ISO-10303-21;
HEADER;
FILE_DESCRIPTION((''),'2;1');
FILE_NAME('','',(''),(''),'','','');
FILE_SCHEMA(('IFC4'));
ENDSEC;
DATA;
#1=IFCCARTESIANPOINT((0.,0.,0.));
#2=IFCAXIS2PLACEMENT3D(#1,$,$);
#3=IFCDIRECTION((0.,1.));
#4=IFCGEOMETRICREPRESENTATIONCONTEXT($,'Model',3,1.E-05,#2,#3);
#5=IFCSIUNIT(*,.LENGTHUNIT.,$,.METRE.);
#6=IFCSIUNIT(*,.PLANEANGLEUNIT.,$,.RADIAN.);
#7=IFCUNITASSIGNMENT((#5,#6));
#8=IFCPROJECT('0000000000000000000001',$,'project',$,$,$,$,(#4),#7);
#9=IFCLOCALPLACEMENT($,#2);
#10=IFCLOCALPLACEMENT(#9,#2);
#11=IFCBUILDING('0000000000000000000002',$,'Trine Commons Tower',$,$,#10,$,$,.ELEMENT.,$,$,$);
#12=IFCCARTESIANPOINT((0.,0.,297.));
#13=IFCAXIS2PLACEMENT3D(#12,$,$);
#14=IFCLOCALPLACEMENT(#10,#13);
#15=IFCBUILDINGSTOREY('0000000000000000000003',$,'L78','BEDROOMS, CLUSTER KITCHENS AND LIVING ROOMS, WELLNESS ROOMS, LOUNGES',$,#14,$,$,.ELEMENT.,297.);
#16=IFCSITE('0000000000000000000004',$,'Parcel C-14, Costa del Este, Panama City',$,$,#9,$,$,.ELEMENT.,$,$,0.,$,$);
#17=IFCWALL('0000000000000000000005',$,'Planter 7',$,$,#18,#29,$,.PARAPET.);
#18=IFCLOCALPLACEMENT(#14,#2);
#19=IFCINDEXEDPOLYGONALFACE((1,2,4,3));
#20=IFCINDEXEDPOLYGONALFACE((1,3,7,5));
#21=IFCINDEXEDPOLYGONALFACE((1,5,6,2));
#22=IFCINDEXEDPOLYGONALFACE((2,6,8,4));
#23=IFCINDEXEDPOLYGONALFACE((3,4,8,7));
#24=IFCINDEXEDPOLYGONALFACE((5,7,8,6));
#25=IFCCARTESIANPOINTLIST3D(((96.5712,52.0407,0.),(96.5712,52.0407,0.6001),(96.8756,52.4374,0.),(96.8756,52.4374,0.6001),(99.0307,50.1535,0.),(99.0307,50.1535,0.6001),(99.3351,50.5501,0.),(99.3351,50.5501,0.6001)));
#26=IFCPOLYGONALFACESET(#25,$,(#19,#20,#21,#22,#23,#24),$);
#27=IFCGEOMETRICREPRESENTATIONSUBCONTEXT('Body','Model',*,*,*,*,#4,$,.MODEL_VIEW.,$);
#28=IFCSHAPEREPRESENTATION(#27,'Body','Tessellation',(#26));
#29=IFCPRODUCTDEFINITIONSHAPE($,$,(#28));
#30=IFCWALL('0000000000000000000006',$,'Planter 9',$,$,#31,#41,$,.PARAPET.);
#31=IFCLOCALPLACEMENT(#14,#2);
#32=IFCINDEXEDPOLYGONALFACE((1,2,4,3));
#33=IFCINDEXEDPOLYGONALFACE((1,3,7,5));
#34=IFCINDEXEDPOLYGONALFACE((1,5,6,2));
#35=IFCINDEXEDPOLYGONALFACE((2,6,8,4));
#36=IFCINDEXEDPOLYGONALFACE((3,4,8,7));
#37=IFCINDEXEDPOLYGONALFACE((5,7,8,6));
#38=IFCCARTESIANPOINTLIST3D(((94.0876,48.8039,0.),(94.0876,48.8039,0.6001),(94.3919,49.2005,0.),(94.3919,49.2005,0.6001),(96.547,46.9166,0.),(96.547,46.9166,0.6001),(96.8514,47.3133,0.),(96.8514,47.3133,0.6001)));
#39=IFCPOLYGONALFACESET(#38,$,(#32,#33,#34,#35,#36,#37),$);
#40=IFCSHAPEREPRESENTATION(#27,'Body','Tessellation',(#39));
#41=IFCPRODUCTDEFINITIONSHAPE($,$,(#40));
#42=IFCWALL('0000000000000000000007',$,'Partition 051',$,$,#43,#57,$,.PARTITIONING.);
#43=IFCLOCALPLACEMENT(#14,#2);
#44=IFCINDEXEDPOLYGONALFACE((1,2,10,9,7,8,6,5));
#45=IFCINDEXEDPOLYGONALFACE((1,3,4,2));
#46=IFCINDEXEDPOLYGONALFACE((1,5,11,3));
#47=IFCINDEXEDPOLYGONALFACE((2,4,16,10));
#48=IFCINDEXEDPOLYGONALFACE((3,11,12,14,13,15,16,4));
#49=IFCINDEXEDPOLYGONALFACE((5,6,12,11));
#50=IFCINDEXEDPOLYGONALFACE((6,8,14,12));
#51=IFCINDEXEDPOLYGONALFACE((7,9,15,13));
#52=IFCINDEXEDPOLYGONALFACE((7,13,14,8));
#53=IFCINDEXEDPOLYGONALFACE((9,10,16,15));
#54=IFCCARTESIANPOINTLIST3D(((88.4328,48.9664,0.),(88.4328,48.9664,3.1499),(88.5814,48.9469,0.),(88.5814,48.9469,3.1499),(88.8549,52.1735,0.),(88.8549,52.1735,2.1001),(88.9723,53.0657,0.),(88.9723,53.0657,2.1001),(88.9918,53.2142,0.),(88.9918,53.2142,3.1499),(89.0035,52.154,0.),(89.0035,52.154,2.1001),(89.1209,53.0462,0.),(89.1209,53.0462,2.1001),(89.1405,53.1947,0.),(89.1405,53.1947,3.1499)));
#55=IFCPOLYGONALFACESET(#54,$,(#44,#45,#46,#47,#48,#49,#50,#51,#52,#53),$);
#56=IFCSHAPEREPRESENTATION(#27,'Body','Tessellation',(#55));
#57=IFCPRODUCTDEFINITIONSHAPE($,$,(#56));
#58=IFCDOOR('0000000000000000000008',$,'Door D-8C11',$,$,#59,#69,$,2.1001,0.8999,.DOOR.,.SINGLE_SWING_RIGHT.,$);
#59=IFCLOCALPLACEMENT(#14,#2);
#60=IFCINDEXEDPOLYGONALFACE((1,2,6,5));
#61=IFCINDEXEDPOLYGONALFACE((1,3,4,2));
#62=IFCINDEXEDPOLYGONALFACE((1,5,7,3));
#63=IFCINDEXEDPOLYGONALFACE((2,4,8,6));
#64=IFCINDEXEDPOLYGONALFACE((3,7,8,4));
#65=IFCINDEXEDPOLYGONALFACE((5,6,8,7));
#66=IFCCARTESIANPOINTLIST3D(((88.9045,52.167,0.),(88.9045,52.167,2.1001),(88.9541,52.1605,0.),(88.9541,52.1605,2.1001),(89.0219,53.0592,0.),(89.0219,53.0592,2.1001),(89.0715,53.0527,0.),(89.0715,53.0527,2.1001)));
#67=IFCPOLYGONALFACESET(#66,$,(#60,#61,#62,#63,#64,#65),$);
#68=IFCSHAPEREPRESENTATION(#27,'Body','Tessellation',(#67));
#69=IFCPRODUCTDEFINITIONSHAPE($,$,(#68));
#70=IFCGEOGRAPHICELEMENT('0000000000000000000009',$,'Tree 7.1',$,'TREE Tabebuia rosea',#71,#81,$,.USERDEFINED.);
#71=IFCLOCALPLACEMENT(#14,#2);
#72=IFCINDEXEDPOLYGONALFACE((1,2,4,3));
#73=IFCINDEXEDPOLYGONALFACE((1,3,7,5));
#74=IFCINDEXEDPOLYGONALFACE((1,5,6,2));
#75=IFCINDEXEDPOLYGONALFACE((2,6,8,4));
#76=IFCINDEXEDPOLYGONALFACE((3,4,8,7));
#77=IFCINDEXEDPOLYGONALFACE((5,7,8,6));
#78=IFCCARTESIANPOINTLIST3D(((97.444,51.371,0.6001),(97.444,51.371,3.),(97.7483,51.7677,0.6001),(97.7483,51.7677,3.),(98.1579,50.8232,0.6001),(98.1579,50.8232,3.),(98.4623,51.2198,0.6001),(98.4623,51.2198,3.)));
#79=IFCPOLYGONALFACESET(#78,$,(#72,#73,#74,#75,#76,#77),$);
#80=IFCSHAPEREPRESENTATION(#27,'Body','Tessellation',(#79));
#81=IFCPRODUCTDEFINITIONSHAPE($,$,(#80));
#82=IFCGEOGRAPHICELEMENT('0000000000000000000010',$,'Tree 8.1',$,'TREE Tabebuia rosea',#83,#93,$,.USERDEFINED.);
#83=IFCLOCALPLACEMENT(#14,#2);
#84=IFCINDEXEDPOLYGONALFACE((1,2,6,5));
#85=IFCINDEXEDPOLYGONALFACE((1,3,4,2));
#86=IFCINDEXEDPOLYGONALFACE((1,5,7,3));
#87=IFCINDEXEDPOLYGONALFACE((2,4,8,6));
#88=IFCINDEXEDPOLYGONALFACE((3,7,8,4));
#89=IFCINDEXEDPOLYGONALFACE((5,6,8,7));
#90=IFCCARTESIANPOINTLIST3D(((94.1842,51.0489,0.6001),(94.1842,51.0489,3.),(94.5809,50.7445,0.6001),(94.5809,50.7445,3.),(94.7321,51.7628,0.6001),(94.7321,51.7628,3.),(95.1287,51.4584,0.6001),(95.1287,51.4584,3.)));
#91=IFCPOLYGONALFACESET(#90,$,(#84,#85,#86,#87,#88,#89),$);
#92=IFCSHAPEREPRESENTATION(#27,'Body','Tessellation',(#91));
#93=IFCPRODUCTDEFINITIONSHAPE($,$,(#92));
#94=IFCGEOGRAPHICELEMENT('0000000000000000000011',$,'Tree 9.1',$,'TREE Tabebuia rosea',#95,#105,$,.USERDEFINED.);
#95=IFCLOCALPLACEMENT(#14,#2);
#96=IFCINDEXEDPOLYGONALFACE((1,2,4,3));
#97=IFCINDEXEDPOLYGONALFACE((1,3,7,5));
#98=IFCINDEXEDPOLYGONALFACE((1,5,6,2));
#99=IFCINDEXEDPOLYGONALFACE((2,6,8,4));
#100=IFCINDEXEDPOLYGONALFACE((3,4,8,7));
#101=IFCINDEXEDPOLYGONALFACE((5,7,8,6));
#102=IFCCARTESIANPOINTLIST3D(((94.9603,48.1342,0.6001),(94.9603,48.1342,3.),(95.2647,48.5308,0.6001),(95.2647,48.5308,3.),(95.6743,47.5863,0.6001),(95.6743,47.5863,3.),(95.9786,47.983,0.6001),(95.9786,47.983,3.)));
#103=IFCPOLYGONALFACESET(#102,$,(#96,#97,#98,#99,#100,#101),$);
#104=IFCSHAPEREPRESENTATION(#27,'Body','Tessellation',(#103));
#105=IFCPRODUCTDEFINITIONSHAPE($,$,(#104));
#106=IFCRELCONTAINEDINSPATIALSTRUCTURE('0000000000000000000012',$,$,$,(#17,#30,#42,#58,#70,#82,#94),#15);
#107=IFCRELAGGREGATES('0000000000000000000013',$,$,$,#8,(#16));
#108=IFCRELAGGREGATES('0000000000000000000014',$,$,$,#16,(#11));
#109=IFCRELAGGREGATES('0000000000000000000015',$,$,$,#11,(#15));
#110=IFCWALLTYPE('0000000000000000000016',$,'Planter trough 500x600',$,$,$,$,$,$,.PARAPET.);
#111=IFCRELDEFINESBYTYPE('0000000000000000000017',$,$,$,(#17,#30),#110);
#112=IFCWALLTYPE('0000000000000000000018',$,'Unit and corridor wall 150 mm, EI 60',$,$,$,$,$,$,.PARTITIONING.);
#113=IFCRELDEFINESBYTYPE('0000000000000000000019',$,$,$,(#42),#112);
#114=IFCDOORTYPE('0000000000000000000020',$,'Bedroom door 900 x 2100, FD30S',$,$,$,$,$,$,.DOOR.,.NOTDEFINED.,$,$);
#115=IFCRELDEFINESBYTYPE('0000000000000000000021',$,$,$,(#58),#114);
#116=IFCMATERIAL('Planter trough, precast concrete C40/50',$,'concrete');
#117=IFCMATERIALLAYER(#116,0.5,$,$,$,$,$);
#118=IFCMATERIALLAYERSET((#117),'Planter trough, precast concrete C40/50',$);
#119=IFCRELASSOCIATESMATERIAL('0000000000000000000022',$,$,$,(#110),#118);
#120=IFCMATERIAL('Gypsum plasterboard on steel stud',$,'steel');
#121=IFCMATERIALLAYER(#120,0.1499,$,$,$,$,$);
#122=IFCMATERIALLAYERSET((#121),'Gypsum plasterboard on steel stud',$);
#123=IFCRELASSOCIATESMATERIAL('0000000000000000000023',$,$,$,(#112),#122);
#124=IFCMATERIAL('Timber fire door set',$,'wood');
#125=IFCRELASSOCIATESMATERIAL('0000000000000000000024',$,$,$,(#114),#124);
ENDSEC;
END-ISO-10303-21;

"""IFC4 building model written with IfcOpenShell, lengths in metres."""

from ifc_helpers import new_model, si_unit, direction, frame, frame_2d, origin, origin_2d, place, context, subcontext, project, spatial, rectangle, extrude, material, layer, layer_set, type_object, element, fill, save


model = new_model("IFC4")

# Units and contexts
model_context = context("Model", 3, precision=1e-05, world=origin(), true_north=direction((0.0, 1.0)))
body_context = subcontext(model_context, "Body", "Model", "MODEL_VIEW")
ifc_project = project(units=[si_unit("LENGTHUNIT", "METRE"), si_unit("PLANEANGLEUNIT", "RADIAN")], contexts=[model_context])

# Site, building, storey
site_placement = place(None, origin())
site = spatial("IfcSite", under=ifc_project, at=site_placement, Name="Parcel C-14, Costa del Este, Panama City", CompositionType="ELEMENT", RefElevation=0.0)
building_placement = place(site_placement, origin())
building = spatial("IfcBuilding", under=site, at=building_placement, Name="Trine Commons Tower", CompositionType="ELEMENT")
storey_placement = place(building_placement, frame((0.0, 0.0, 297.0)))
storey = spatial("IfcBuildingStorey", under=building, at=storey_placement, Name="L78", Description="BEDROOMS, CLUSTER KITCHENS AND LIVING ROOMS, WELLNESS ROOMS, LOUNGES", CompositionType="ELEMENT", Elevation=297.0)

# Walls
ifc_material_1 = material(Name="Planter trough, precast concrete C40/50", Category="concrete")
ifc_layer_1 = layer(ifc_material_1, 0.5)
ifc_layer_set_1 = layer_set([ifc_layer_1], Name="Planter trough, precast concrete C40/50")
wall_type_1 = type_object("IfcWallType", Name="Planter trough 500x600", PredefinedType="PARAPET", material=ifc_layer_set_1)
for number, where, z_axis, x_axis, name in (
    (1, (99.1829, 50.3518, 0.0), (0.0, 0.0, 1.0), (-0.793355, 0.608759, 0.0), "Planter 7"),
    (2, (94.2397, 49.0022, 0.0), (0.0, 0.0, 1.0), (0.793355, -0.608759, 0.0), "Planter 9"),
):
    element("IfcWall", number, at=place(storey_placement, frame(where, z_axis=z_axis, x_axis=x_axis)), inside=storey, type_object=wall_type_1, Name=name, PredefinedType="PARAPET", context=body_context, shape_type="SweptSolid", body=[
        extrude(rectangle(XDim=3.1001, YDim=0.5, at=frame_2d((1.55, 0.0))), origin(), (0.0, 0.0, 1.0), 0.6001),
    ])

# Wall, opening, door
ifc_material_2 = material(Name="Gypsum plasterboard on steel stud", Category="steel")
ifc_layer_2 = layer(ifc_material_2, 0.1499)
ifc_layer_set_2 = layer_set([ifc_layer_2], Name="Gypsum plasterboard on steel stud")
wall_type_2 = type_object("IfcWallType", Name="Unit and corridor wall 150 mm, EI 60", PredefinedType="PARTITIONING", material=ifc_layer_set_2)
wall_1_placement = place(storey_placement, frame((88.5071, 48.9568, 0.0), z_axis=(0.0, 0.0, 1.0), x_axis=(0.130491, 0.991449, 0.0)))
wall_1 = element("IfcWall", 3, at=wall_1_placement, inside=storey, type_object=wall_type_2, Name="Partition 051", PredefinedType="PARTITIONING", context=body_context, shape_type="SweptSolid", body=[
    extrude(rectangle(XDim=4.2844, YDim=0.1499, at=frame_2d((2.1421, 0.0))), origin(), (0.0, 0.0, 1.0), 3.1499),
])
opening_1_placement = place(wall_1_placement, frame((3.2346, 0.0, 0.0)))
opening_1 = element("IfcOpeningElement", 4, at=opening_1_placement, cuts=wall_1, PredefinedType="OPENING", context=body_context, shape_type="SweptSolid", body=[
    extrude(rectangle(XDim=0.8999, YDim=2.1001, at=frame_2d((0.45, 1.05))), frame((0.0, 0.085, 0.0), z_axis=(0.0, -1.0, 0.0), x_axis=(1.0, 0.0, 0.0)), (0.0, 0.0, 1.0), 0.1699),
])
ifc_material_3 = material(Name="Timber fire door set", Category="wood")
door_type_1 = type_object("IfcDoorType", Name="Bedroom door 900 x 2100, FD30S", OperationType="NOTDEFINED", PredefinedType="DOOR", material=ifc_material_3)
door_1_placement = place(opening_1_placement, origin())
door_1 = element("IfcDoor", 5, at=door_1_placement, inside=storey, type_object=door_type_1, Name="Door D-8C11", OperationType="SINGLE_SWING_RIGHT", OverallHeight=2.1001, OverallWidth=0.8999, PredefinedType="DOOR", context=body_context, shape_type="SweptSolid", body=[
    extrude(rectangle(XDim=0.8999, YDim=2.1001, at=frame_2d((0.45, 1.05))), frame((0.0, 0.0249, 0.0), z_axis=(0.0, -1.0, 0.0), x_axis=(1.0, 0.0, 0.0)), (0.0, 0.0, 1.0), 0.05),
])
fill(opening_1, door_1)

# Geographic elements
for number, where, z_axis, x_axis, name in (
    (6, (97.9531, 51.2954, 0.6001), (0.0, 0.0, 1.0), (-0.793348, 0.608768, 0.0), "Tree 7.1"),
    (7, (94.6565, 51.2537, 0.6001), (0.0, 0.0, 1.0), (-0.608764, -0.793351, 0.0), "Tree 8.1"),
    (8, (95.4695, 48.0586, 0.6001), (0.0, 0.0, 1.0), (0.793348, -0.608768, 0.0), "Tree 9.1"),
):
    element("IfcGeographicElement", number, at=place(storey_placement, frame(where, z_axis=z_axis, x_axis=x_axis)), inside=storey, Name=name, ObjectType="TREE Tabebuia rosea", PredefinedType="USERDEFINED", context=body_context, shape_type="SweptSolid", body=[
        extrude(rectangle(XDim=0.8999, YDim=0.5, at=origin_2d()), origin(), (0.0, 0.0, 1.0), 2.3999),
    ])

save(model, "model.ifc")
